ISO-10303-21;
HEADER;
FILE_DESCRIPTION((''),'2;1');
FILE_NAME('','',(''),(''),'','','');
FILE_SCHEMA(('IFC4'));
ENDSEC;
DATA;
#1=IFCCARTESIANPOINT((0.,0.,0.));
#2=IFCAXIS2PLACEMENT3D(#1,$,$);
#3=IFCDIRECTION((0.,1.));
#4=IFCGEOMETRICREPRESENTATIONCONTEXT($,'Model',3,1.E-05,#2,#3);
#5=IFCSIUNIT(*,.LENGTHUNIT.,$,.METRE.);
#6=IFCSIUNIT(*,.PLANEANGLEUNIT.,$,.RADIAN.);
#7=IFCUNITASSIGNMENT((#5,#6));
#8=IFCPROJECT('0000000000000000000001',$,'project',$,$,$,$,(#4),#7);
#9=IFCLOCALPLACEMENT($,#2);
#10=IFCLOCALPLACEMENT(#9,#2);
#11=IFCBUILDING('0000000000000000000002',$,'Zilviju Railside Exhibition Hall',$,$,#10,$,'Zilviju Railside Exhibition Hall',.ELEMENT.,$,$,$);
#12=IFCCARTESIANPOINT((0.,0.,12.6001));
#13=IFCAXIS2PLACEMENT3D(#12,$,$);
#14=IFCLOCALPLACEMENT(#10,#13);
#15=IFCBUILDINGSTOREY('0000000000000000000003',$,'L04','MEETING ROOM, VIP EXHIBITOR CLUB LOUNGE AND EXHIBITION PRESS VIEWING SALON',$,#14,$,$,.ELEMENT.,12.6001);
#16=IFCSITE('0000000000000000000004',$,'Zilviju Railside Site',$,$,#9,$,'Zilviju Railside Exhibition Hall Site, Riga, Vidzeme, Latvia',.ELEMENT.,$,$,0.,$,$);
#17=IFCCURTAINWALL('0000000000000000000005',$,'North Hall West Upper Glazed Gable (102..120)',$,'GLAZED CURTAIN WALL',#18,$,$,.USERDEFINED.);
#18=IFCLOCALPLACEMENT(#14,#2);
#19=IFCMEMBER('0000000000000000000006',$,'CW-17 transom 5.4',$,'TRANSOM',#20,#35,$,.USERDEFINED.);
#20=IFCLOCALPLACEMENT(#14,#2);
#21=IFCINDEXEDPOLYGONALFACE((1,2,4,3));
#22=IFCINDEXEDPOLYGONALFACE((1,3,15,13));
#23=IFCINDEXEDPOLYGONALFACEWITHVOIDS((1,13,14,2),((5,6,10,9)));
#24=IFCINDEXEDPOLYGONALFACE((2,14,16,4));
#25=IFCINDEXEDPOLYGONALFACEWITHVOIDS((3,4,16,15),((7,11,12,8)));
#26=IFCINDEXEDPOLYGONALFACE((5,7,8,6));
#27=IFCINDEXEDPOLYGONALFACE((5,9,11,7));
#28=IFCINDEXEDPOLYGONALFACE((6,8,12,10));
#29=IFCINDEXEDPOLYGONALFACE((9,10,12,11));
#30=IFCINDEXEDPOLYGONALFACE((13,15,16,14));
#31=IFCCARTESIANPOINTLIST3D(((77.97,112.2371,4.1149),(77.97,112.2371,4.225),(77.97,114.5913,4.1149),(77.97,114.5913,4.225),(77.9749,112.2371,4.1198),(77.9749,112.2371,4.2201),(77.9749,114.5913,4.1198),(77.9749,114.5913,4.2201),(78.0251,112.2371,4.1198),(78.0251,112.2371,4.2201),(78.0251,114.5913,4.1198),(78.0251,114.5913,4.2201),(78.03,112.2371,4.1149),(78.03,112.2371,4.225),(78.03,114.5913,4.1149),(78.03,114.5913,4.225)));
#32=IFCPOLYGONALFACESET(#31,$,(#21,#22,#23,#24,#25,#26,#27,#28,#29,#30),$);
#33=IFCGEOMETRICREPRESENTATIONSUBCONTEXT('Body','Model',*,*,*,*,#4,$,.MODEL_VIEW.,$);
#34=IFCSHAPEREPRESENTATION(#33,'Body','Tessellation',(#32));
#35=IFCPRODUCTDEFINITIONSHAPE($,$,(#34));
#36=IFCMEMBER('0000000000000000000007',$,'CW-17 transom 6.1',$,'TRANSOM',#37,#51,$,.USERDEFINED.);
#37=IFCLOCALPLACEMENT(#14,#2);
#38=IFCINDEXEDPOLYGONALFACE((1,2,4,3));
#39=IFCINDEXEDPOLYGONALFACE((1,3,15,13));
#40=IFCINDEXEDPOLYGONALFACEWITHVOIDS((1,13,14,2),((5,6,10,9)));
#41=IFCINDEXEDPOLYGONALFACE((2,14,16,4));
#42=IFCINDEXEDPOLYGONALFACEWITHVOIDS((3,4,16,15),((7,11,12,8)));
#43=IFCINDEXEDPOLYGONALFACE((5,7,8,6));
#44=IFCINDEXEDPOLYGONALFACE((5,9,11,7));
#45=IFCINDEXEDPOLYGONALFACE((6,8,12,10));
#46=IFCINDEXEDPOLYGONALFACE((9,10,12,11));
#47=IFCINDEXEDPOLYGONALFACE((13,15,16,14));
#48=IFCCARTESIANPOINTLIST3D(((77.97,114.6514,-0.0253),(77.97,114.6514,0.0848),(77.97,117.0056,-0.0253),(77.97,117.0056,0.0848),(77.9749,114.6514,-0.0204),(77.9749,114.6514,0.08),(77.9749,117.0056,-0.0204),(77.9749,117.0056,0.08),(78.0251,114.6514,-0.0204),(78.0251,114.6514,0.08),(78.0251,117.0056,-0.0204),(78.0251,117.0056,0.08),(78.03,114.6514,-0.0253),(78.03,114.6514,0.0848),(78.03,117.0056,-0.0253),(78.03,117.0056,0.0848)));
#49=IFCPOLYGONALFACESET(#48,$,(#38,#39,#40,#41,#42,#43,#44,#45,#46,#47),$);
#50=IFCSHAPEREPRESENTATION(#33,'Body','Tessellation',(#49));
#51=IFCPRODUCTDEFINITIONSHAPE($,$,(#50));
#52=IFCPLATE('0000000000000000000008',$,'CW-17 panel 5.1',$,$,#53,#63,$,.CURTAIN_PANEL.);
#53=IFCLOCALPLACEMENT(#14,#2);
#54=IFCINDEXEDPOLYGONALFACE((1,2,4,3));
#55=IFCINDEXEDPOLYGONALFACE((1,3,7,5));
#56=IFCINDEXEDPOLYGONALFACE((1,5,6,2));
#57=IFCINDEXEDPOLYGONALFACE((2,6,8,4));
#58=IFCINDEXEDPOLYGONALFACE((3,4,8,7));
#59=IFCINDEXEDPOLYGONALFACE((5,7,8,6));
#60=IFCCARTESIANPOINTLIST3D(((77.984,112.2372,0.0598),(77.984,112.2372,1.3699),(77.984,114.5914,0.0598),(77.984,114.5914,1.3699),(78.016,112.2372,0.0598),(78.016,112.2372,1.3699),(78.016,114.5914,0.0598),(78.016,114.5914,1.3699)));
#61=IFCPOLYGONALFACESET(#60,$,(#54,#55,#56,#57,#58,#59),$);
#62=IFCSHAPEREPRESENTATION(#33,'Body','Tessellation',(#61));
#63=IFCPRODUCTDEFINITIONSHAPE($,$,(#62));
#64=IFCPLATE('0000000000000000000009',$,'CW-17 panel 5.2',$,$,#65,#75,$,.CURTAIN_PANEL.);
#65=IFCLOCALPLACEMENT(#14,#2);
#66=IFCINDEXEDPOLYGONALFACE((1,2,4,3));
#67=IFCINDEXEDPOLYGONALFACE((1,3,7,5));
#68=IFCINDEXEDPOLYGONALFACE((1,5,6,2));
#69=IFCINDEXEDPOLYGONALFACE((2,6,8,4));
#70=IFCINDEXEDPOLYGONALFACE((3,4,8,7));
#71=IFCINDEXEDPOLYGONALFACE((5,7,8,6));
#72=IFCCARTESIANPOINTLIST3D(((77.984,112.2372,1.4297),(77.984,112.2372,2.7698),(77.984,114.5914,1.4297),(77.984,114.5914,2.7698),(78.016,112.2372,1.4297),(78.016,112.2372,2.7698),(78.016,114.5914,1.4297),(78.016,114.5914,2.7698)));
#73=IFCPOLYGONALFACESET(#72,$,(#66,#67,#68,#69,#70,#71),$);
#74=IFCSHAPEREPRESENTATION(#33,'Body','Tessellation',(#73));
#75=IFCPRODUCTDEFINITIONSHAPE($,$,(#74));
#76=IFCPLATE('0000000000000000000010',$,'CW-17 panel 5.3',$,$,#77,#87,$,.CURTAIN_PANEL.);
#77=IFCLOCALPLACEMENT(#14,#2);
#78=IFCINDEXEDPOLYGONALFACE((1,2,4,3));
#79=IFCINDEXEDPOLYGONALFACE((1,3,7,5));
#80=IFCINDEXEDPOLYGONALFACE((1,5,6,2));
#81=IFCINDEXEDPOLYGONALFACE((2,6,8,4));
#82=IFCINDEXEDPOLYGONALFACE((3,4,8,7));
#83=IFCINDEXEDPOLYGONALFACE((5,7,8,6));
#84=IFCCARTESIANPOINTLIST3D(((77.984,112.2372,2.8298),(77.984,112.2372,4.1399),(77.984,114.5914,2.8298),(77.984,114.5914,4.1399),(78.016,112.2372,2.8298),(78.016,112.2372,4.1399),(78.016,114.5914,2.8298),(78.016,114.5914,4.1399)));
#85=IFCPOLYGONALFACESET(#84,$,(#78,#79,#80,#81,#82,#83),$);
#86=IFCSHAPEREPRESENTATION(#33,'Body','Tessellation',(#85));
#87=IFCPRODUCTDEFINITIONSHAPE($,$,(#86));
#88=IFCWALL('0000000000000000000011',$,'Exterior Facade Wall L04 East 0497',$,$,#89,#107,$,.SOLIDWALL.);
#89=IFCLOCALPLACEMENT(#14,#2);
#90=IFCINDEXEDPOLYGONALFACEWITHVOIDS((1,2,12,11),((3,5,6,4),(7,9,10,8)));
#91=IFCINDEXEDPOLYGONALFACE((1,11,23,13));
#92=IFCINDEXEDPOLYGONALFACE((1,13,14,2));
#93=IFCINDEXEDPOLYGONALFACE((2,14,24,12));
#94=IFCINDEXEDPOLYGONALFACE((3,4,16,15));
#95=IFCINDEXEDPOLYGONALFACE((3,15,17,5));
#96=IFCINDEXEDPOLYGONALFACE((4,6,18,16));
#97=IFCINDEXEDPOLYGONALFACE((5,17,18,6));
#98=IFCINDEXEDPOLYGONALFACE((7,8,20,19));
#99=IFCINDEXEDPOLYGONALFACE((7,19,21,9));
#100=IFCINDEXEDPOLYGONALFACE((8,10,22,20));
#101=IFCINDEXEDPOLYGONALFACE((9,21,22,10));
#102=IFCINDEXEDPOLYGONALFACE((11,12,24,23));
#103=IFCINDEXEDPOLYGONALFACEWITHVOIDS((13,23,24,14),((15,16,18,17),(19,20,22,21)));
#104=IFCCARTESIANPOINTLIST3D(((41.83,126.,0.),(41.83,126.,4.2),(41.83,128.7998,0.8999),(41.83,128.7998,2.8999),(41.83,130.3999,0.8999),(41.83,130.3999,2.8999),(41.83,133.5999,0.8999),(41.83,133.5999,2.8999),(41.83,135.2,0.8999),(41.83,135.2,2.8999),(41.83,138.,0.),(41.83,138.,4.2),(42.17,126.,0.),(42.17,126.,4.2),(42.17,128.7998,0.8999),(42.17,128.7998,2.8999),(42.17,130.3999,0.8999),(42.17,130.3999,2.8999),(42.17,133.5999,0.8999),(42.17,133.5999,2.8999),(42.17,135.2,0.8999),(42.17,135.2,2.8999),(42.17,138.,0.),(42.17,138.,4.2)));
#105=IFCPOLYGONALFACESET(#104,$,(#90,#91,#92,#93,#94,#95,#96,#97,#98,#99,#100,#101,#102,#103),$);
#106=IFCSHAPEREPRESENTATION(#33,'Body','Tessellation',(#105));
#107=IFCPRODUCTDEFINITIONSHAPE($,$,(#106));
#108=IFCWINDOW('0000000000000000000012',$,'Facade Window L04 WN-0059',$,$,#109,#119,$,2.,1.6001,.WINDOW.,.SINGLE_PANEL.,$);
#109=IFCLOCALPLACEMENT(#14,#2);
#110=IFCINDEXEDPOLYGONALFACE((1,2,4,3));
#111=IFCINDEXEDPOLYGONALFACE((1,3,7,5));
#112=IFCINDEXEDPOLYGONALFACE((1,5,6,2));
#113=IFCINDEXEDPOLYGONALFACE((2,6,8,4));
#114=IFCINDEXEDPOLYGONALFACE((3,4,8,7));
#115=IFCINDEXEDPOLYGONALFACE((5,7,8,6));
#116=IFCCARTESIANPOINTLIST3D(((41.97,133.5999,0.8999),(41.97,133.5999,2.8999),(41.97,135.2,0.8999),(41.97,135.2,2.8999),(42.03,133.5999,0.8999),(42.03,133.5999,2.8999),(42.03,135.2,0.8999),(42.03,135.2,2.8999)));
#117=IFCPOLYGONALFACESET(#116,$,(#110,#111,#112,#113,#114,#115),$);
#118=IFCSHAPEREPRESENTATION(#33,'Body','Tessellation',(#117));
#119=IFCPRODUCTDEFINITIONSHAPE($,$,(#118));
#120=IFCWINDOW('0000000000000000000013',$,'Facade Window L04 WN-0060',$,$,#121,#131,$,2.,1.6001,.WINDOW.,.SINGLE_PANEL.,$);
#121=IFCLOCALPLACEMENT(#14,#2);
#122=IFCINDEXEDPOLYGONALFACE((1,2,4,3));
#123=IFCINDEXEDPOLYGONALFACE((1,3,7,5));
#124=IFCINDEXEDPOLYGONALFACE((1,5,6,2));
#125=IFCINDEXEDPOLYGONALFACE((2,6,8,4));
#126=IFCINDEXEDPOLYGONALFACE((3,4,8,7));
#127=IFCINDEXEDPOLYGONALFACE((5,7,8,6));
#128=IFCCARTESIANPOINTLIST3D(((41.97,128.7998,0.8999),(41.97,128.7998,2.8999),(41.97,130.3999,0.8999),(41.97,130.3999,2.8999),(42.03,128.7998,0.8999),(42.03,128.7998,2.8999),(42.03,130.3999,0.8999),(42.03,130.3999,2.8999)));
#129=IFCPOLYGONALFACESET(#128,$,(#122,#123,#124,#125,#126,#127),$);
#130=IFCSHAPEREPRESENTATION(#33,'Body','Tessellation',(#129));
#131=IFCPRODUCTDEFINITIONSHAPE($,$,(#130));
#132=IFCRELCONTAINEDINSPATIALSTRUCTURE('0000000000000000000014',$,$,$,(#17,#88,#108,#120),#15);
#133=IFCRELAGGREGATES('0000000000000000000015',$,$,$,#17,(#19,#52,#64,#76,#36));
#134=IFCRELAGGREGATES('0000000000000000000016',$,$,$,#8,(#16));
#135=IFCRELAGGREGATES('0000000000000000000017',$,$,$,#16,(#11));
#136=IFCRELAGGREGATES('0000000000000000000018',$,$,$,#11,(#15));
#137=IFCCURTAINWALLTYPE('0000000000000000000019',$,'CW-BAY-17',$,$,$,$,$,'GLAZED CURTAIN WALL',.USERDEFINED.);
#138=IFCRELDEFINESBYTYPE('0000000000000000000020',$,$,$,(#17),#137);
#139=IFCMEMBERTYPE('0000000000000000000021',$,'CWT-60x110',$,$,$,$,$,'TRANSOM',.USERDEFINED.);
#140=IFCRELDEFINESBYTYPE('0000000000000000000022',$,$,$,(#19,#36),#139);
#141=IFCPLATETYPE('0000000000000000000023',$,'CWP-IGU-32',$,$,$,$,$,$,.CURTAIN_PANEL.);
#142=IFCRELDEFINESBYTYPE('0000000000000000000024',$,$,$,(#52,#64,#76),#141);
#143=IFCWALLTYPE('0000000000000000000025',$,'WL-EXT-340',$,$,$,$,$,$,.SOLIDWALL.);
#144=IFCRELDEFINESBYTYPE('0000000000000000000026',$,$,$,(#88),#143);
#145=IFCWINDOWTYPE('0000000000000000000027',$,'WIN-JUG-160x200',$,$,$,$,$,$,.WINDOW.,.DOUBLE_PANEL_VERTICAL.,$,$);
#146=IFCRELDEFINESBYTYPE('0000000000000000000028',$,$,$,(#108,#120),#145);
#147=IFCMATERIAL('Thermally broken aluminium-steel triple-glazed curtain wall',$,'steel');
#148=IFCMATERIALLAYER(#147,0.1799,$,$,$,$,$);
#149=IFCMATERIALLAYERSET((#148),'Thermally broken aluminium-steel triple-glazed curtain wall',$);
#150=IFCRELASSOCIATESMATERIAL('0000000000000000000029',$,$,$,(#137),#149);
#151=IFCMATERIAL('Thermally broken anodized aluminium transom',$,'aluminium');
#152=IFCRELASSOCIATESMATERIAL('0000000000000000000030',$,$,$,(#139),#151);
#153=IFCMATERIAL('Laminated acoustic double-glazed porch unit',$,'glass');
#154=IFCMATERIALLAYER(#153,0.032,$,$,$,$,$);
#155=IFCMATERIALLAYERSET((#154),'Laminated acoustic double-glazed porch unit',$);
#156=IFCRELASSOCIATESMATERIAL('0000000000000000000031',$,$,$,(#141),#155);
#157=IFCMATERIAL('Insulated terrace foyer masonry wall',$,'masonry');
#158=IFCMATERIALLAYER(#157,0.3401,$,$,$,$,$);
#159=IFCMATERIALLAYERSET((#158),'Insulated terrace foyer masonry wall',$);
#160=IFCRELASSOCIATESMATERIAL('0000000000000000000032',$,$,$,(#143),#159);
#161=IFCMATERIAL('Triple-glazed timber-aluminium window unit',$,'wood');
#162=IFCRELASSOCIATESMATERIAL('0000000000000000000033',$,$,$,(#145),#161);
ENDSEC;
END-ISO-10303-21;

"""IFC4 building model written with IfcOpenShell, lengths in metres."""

from ifc_helpers import new_model, si_unit, direction, frame, frame_2d, origin, origin_2d, place, context, subcontext, project, spatial, rectangle, hollow_rectangle, extrude, material, layer, layer_set, material_profile, profile_set, type_object, element, fill, aggregate, save


model = new_model("IFC4")

# Units and contexts
model_context = context("Model", 3, precision=1e-05, world=origin(), true_north=direction((0.0, 1.0)))
body_context = subcontext(model_context, "Body", "Model", "MODEL_VIEW")
ifc_project = project(units=[si_unit("LENGTHUNIT", "METRE"), si_unit("PLANEANGLEUNIT", "RADIAN")], contexts=[model_context])

# Site, building, storey
site_placement = place(None, origin())
site = spatial("IfcSite", under=ifc_project, at=site_placement, Name="Zilviju Railside Site", LongName="Zilviju Railside Exhibition Hall Site, Riga, Vidzeme, Latvia", CompositionType="ELEMENT", RefElevation=0.0)
building_placement = place(site_placement, origin())
building = spatial("IfcBuilding", under=site, at=building_placement, Name="Zilviju Railside Exhibition Hall", LongName="Zilviju Railside Exhibition Hall", CompositionType="ELEMENT")
storey_placement = place(building_placement, frame((0.0, 0.0, 12.6001)))
storey = spatial("IfcBuildingStorey", under=building, at=storey_placement, Name="L04", Description="MEETING ROOM, VIP EXHIBITOR CLUB LOUNGE AND EXHIBITION PRESS VIEWING SALON", CompositionType="ELEMENT", Elevation=12.6001)

# Curtain wall, members, plates
ifc_material_1 = material(Name="Thermally broken aluminium-steel triple-glazed curtain wall", Category="steel")
ifc_layer_1 = layer(ifc_material_1, 0.1799)
ifc_layer_set_1 = layer_set([ifc_layer_1], Name="Thermally broken aluminium-steel triple-glazed curtain wall")
curtain_wall_type = type_object("IfcCurtainWallType", Name="CW-BAY-17", ElementType="GLAZED CURTAIN WALL", PredefinedType="USERDEFINED", material=ifc_layer_set_1)
curtain_wall_placement = place(storey_placement, origin())
curtain_wall = element("IfcCurtainWall", 1, at=curtain_wall_placement, inside=storey, type_object=curtain_wall_type, Name="North Hall West Upper Glazed Gable (102..120)", ObjectType="GLAZED CURTAIN WALL", PredefinedType="USERDEFINED")
ifc_material_2 = material(Name="Thermally broken anodized aluminium transom", Category="aluminium")
ifc_material_profile_1 = material_profile(ifc_material_2, hollow_rectangle(XDim=0.0601, YDim=0.1101, WallThickness=0.0049, at=origin_2d()), Name="TRANSOM 110x60x5")
ifc_profile_set_1 = profile_set([ifc_material_profile_1], Name="Thermally broken anodized aluminium transom")
member_type_1 = type_object("IfcMemberType", Name="CWT-60x110", ElementType="TRANSOM", PredefinedType="USERDEFINED", material=ifc_profile_set_1)
member_1_placement = place(storey_placement, frame((78.0, 112.2371, 4.1699), z_axis=(0.0, 1.0, 0.0), x_axis=(-1.0, 0.0, 0.0)))
member_1 = element("IfcMember", 2, at=member_1_placement, type_object=member_type_1, Name="CW-17 transom 5.4", ObjectType="TRANSOM", PredefinedType="USERDEFINED", context=body_context, shape_type="SweptSolid", body=[
    extrude(hollow_rectangle(XDim=0.0601, YDim=0.1101, WallThickness=0.0049, at=origin_2d()), origin(), (0.0, 0.0, 1.0), 2.3542),
])
member_2_placement = place(storey_placement, frame((78.0, 114.6514, 0.0298), z_axis=(0.0, 1.0, 0.0), x_axis=(-1.0, 0.0, 0.0)))
member_2 = element("IfcMember", 3, at=member_2_placement, type_object=member_type_1, Name="CW-17 transom 6.1", ObjectType="TRANSOM", PredefinedType="USERDEFINED", context=body_context, shape_type="SweptSolid", body=[
    extrude(hollow_rectangle(XDim=0.0601, YDim=0.1101, WallThickness=0.0049, at=origin_2d()), origin(), (0.0, 0.0, 1.0), 2.3542),
])
ifc_material_3 = material(Name="Laminated acoustic double-glazed porch unit", Category="glass")
ifc_layer_2 = layer(ifc_material_3, 0.032)
ifc_layer_set_2 = layer_set([ifc_layer_2], Name="Laminated acoustic double-glazed porch unit")
plate_type = type_object("IfcPlateType", Name="CWP-IGU-32", PredefinedType="CURTAIN_PANEL", material=ifc_layer_set_2)
plate_1_placement = place(storey_placement, frame((78.0, 113.4143, 0.0598), z_axis=(0.0, 0.0, 1.0), x_axis=(0.0, 1.0, 0.0)))
plate_1 = element("IfcPlate", 4, at=plate_1_placement, type_object=plate_type, Name="CW-17 panel 5.1", PredefinedType="CURTAIN_PANEL", context=body_context, shape_type="SweptSolid", body=[
    extrude(rectangle(XDim=2.3542, YDim=0.032, at=origin_2d()), origin(), (0.0, 0.0, 1.0), 1.3101),
])
plate_2_placement = place(storey_placement, frame((78.0, 113.4143, 1.4297), z_axis=(0.0, 0.0, 1.0), x_axis=(0.0, 1.0, 0.0)))
plate_2 = element("IfcPlate", 5, at=plate_2_placement, type_object=plate_type, Name="CW-17 panel 5.2", PredefinedType="CURTAIN_PANEL", context=body_context, shape_type="SweptSolid", body=[
    extrude(rectangle(XDim=2.3542, YDim=0.032, at=origin_2d()), origin(), (0.0, 0.0, 1.0), 1.3401),
])
plate_3_placement = place(storey_placement, frame((78.0, 113.4143, 2.8298), z_axis=(0.0, 0.0, 1.0), x_axis=(0.0, 1.0, 0.0)))
plate_3 = element("IfcPlate", 6, at=plate_3_placement, type_object=plate_type, Name="CW-17 panel 5.3", PredefinedType="CURTAIN_PANEL", context=body_context, shape_type="SweptSolid", body=[
    extrude(rectangle(XDim=2.3542, YDim=0.032, at=origin_2d()), origin(), (0.0, 0.0, 1.0), 1.3101),
])
aggregate(curtain_wall, [member_1, plate_1, plate_2, plate_3, member_2])

# Wall, openings, windows
ifc_material_4 = material(Name="Insulated terrace foyer masonry wall", Category="masonry")
ifc_layer_3 = layer(ifc_material_4, 0.3401)
ifc_layer_set_3 = layer_set([ifc_layer_3], Name="Insulated terrace foyer masonry wall")
wall_type = type_object("IfcWallType", Name="WL-EXT-340", PredefinedType="SOLIDWALL", material=ifc_layer_set_3)
wall_placement = place(storey_placement, frame((42.0, 138.0, 0.0), z_axis=(0.0, 0.0, 1.0), x_axis=(0.0, -1.0, 0.0)))
wall = element("IfcWall", 7, at=wall_placement, inside=storey, type_object=wall_type, Name="Exterior Facade Wall L04 East 0497", PredefinedType="SOLIDWALL", context=body_context, shape_type="SweptSolid", body=[
    extrude(rectangle(XDim=12.0, YDim=0.3401, at=frame_2d((6.0, 0.0))), origin(), (0.0, 0.0, 1.0), 4.2),
])
opening_1_placement = place(wall_placement, frame((2.8, 0.0, 0.8999)))
opening_1 = element("IfcOpeningElement", 8, at=opening_1_placement, cuts=wall, PredefinedType="OPENING", context=body_context, shape_type="SweptSolid", body=[
    extrude(rectangle(XDim=1.6001, YDim=2.0, at=frame_2d((0.8, 1.0))), frame((0.0, 0.1799, 0.0), z_axis=(0.0, -1.0, 0.0), x_axis=(1.0, 0.0, 0.0)), (0.0, 0.0, 1.0), 0.3601),
])
opening_2_placement = place(wall_placement, frame((7.6001, 0.0, 0.8999)))
opening_2 = element("IfcOpeningElement", 9, at=opening_2_placement, cuts=wall, PredefinedType="OPENING", context=body_context, shape_type="SweptSolid", body=[
    extrude(rectangle(XDim=1.6001, YDim=2.0, at=frame_2d((0.8, 1.0))), frame((0.0, 0.1799, 0.0), z_axis=(0.0, -1.0, 0.0), x_axis=(1.0, 0.0, 0.0)), (0.0, 0.0, 1.0), 0.3601),
])
ifc_material_5 = material(Name="Triple-glazed timber-aluminium window unit", Category="wood")
window_type = type_object("IfcWindowType", Name="WIN-JUG-160x200", PartitioningType="DOUBLE_PANEL_VERTICAL", PredefinedType="WINDOW", material=ifc_material_5)
window_1_placement = place(opening_1_placement, origin())
window_1 = element("IfcWindow", 10, at=window_1_placement, inside=storey, type_object=window_type, Name="Facade Window L04 WN-0059", OverallHeight=2.0, OverallWidth=1.6001, PartitioningType="SINGLE_PANEL", PredefinedType="WINDOW", context=body_context, shape_type="SweptSolid", body=[
    extrude(rectangle(XDim=1.6001, YDim=2.0, at=frame_2d((0.8, 1.0))), frame((0.0, 0.03, 0.0), z_axis=(0.0, -1.0, 0.0), x_axis=(1.0, 0.0, 0.0)), (0.0, 0.0, 1.0), 0.0601),
])
fill(opening_1, window_1)
window_2_placement = place(opening_2_placement, origin())
window_2 = element("IfcWindow", 11, at=window_2_placement, inside=storey, type_object=window_type, Name="Facade Window L04 WN-0060", OverallHeight=2.0, OverallWidth=1.6001, PartitioningType="SINGLE_PANEL", PredefinedType="WINDOW", context=body_context, shape_type="SweptSolid", body=[
    extrude(rectangle(XDim=1.6001, YDim=2.0, at=frame_2d((0.8, 1.0))), frame((0.0, 0.03, 0.0), z_axis=(0.0, -1.0, 0.0), x_axis=(1.0, 0.0, 0.0)), (0.0, 0.0, 1.0), 0.0601),
])
fill(opening_2, window_2)

save(model, "model.ifc")
